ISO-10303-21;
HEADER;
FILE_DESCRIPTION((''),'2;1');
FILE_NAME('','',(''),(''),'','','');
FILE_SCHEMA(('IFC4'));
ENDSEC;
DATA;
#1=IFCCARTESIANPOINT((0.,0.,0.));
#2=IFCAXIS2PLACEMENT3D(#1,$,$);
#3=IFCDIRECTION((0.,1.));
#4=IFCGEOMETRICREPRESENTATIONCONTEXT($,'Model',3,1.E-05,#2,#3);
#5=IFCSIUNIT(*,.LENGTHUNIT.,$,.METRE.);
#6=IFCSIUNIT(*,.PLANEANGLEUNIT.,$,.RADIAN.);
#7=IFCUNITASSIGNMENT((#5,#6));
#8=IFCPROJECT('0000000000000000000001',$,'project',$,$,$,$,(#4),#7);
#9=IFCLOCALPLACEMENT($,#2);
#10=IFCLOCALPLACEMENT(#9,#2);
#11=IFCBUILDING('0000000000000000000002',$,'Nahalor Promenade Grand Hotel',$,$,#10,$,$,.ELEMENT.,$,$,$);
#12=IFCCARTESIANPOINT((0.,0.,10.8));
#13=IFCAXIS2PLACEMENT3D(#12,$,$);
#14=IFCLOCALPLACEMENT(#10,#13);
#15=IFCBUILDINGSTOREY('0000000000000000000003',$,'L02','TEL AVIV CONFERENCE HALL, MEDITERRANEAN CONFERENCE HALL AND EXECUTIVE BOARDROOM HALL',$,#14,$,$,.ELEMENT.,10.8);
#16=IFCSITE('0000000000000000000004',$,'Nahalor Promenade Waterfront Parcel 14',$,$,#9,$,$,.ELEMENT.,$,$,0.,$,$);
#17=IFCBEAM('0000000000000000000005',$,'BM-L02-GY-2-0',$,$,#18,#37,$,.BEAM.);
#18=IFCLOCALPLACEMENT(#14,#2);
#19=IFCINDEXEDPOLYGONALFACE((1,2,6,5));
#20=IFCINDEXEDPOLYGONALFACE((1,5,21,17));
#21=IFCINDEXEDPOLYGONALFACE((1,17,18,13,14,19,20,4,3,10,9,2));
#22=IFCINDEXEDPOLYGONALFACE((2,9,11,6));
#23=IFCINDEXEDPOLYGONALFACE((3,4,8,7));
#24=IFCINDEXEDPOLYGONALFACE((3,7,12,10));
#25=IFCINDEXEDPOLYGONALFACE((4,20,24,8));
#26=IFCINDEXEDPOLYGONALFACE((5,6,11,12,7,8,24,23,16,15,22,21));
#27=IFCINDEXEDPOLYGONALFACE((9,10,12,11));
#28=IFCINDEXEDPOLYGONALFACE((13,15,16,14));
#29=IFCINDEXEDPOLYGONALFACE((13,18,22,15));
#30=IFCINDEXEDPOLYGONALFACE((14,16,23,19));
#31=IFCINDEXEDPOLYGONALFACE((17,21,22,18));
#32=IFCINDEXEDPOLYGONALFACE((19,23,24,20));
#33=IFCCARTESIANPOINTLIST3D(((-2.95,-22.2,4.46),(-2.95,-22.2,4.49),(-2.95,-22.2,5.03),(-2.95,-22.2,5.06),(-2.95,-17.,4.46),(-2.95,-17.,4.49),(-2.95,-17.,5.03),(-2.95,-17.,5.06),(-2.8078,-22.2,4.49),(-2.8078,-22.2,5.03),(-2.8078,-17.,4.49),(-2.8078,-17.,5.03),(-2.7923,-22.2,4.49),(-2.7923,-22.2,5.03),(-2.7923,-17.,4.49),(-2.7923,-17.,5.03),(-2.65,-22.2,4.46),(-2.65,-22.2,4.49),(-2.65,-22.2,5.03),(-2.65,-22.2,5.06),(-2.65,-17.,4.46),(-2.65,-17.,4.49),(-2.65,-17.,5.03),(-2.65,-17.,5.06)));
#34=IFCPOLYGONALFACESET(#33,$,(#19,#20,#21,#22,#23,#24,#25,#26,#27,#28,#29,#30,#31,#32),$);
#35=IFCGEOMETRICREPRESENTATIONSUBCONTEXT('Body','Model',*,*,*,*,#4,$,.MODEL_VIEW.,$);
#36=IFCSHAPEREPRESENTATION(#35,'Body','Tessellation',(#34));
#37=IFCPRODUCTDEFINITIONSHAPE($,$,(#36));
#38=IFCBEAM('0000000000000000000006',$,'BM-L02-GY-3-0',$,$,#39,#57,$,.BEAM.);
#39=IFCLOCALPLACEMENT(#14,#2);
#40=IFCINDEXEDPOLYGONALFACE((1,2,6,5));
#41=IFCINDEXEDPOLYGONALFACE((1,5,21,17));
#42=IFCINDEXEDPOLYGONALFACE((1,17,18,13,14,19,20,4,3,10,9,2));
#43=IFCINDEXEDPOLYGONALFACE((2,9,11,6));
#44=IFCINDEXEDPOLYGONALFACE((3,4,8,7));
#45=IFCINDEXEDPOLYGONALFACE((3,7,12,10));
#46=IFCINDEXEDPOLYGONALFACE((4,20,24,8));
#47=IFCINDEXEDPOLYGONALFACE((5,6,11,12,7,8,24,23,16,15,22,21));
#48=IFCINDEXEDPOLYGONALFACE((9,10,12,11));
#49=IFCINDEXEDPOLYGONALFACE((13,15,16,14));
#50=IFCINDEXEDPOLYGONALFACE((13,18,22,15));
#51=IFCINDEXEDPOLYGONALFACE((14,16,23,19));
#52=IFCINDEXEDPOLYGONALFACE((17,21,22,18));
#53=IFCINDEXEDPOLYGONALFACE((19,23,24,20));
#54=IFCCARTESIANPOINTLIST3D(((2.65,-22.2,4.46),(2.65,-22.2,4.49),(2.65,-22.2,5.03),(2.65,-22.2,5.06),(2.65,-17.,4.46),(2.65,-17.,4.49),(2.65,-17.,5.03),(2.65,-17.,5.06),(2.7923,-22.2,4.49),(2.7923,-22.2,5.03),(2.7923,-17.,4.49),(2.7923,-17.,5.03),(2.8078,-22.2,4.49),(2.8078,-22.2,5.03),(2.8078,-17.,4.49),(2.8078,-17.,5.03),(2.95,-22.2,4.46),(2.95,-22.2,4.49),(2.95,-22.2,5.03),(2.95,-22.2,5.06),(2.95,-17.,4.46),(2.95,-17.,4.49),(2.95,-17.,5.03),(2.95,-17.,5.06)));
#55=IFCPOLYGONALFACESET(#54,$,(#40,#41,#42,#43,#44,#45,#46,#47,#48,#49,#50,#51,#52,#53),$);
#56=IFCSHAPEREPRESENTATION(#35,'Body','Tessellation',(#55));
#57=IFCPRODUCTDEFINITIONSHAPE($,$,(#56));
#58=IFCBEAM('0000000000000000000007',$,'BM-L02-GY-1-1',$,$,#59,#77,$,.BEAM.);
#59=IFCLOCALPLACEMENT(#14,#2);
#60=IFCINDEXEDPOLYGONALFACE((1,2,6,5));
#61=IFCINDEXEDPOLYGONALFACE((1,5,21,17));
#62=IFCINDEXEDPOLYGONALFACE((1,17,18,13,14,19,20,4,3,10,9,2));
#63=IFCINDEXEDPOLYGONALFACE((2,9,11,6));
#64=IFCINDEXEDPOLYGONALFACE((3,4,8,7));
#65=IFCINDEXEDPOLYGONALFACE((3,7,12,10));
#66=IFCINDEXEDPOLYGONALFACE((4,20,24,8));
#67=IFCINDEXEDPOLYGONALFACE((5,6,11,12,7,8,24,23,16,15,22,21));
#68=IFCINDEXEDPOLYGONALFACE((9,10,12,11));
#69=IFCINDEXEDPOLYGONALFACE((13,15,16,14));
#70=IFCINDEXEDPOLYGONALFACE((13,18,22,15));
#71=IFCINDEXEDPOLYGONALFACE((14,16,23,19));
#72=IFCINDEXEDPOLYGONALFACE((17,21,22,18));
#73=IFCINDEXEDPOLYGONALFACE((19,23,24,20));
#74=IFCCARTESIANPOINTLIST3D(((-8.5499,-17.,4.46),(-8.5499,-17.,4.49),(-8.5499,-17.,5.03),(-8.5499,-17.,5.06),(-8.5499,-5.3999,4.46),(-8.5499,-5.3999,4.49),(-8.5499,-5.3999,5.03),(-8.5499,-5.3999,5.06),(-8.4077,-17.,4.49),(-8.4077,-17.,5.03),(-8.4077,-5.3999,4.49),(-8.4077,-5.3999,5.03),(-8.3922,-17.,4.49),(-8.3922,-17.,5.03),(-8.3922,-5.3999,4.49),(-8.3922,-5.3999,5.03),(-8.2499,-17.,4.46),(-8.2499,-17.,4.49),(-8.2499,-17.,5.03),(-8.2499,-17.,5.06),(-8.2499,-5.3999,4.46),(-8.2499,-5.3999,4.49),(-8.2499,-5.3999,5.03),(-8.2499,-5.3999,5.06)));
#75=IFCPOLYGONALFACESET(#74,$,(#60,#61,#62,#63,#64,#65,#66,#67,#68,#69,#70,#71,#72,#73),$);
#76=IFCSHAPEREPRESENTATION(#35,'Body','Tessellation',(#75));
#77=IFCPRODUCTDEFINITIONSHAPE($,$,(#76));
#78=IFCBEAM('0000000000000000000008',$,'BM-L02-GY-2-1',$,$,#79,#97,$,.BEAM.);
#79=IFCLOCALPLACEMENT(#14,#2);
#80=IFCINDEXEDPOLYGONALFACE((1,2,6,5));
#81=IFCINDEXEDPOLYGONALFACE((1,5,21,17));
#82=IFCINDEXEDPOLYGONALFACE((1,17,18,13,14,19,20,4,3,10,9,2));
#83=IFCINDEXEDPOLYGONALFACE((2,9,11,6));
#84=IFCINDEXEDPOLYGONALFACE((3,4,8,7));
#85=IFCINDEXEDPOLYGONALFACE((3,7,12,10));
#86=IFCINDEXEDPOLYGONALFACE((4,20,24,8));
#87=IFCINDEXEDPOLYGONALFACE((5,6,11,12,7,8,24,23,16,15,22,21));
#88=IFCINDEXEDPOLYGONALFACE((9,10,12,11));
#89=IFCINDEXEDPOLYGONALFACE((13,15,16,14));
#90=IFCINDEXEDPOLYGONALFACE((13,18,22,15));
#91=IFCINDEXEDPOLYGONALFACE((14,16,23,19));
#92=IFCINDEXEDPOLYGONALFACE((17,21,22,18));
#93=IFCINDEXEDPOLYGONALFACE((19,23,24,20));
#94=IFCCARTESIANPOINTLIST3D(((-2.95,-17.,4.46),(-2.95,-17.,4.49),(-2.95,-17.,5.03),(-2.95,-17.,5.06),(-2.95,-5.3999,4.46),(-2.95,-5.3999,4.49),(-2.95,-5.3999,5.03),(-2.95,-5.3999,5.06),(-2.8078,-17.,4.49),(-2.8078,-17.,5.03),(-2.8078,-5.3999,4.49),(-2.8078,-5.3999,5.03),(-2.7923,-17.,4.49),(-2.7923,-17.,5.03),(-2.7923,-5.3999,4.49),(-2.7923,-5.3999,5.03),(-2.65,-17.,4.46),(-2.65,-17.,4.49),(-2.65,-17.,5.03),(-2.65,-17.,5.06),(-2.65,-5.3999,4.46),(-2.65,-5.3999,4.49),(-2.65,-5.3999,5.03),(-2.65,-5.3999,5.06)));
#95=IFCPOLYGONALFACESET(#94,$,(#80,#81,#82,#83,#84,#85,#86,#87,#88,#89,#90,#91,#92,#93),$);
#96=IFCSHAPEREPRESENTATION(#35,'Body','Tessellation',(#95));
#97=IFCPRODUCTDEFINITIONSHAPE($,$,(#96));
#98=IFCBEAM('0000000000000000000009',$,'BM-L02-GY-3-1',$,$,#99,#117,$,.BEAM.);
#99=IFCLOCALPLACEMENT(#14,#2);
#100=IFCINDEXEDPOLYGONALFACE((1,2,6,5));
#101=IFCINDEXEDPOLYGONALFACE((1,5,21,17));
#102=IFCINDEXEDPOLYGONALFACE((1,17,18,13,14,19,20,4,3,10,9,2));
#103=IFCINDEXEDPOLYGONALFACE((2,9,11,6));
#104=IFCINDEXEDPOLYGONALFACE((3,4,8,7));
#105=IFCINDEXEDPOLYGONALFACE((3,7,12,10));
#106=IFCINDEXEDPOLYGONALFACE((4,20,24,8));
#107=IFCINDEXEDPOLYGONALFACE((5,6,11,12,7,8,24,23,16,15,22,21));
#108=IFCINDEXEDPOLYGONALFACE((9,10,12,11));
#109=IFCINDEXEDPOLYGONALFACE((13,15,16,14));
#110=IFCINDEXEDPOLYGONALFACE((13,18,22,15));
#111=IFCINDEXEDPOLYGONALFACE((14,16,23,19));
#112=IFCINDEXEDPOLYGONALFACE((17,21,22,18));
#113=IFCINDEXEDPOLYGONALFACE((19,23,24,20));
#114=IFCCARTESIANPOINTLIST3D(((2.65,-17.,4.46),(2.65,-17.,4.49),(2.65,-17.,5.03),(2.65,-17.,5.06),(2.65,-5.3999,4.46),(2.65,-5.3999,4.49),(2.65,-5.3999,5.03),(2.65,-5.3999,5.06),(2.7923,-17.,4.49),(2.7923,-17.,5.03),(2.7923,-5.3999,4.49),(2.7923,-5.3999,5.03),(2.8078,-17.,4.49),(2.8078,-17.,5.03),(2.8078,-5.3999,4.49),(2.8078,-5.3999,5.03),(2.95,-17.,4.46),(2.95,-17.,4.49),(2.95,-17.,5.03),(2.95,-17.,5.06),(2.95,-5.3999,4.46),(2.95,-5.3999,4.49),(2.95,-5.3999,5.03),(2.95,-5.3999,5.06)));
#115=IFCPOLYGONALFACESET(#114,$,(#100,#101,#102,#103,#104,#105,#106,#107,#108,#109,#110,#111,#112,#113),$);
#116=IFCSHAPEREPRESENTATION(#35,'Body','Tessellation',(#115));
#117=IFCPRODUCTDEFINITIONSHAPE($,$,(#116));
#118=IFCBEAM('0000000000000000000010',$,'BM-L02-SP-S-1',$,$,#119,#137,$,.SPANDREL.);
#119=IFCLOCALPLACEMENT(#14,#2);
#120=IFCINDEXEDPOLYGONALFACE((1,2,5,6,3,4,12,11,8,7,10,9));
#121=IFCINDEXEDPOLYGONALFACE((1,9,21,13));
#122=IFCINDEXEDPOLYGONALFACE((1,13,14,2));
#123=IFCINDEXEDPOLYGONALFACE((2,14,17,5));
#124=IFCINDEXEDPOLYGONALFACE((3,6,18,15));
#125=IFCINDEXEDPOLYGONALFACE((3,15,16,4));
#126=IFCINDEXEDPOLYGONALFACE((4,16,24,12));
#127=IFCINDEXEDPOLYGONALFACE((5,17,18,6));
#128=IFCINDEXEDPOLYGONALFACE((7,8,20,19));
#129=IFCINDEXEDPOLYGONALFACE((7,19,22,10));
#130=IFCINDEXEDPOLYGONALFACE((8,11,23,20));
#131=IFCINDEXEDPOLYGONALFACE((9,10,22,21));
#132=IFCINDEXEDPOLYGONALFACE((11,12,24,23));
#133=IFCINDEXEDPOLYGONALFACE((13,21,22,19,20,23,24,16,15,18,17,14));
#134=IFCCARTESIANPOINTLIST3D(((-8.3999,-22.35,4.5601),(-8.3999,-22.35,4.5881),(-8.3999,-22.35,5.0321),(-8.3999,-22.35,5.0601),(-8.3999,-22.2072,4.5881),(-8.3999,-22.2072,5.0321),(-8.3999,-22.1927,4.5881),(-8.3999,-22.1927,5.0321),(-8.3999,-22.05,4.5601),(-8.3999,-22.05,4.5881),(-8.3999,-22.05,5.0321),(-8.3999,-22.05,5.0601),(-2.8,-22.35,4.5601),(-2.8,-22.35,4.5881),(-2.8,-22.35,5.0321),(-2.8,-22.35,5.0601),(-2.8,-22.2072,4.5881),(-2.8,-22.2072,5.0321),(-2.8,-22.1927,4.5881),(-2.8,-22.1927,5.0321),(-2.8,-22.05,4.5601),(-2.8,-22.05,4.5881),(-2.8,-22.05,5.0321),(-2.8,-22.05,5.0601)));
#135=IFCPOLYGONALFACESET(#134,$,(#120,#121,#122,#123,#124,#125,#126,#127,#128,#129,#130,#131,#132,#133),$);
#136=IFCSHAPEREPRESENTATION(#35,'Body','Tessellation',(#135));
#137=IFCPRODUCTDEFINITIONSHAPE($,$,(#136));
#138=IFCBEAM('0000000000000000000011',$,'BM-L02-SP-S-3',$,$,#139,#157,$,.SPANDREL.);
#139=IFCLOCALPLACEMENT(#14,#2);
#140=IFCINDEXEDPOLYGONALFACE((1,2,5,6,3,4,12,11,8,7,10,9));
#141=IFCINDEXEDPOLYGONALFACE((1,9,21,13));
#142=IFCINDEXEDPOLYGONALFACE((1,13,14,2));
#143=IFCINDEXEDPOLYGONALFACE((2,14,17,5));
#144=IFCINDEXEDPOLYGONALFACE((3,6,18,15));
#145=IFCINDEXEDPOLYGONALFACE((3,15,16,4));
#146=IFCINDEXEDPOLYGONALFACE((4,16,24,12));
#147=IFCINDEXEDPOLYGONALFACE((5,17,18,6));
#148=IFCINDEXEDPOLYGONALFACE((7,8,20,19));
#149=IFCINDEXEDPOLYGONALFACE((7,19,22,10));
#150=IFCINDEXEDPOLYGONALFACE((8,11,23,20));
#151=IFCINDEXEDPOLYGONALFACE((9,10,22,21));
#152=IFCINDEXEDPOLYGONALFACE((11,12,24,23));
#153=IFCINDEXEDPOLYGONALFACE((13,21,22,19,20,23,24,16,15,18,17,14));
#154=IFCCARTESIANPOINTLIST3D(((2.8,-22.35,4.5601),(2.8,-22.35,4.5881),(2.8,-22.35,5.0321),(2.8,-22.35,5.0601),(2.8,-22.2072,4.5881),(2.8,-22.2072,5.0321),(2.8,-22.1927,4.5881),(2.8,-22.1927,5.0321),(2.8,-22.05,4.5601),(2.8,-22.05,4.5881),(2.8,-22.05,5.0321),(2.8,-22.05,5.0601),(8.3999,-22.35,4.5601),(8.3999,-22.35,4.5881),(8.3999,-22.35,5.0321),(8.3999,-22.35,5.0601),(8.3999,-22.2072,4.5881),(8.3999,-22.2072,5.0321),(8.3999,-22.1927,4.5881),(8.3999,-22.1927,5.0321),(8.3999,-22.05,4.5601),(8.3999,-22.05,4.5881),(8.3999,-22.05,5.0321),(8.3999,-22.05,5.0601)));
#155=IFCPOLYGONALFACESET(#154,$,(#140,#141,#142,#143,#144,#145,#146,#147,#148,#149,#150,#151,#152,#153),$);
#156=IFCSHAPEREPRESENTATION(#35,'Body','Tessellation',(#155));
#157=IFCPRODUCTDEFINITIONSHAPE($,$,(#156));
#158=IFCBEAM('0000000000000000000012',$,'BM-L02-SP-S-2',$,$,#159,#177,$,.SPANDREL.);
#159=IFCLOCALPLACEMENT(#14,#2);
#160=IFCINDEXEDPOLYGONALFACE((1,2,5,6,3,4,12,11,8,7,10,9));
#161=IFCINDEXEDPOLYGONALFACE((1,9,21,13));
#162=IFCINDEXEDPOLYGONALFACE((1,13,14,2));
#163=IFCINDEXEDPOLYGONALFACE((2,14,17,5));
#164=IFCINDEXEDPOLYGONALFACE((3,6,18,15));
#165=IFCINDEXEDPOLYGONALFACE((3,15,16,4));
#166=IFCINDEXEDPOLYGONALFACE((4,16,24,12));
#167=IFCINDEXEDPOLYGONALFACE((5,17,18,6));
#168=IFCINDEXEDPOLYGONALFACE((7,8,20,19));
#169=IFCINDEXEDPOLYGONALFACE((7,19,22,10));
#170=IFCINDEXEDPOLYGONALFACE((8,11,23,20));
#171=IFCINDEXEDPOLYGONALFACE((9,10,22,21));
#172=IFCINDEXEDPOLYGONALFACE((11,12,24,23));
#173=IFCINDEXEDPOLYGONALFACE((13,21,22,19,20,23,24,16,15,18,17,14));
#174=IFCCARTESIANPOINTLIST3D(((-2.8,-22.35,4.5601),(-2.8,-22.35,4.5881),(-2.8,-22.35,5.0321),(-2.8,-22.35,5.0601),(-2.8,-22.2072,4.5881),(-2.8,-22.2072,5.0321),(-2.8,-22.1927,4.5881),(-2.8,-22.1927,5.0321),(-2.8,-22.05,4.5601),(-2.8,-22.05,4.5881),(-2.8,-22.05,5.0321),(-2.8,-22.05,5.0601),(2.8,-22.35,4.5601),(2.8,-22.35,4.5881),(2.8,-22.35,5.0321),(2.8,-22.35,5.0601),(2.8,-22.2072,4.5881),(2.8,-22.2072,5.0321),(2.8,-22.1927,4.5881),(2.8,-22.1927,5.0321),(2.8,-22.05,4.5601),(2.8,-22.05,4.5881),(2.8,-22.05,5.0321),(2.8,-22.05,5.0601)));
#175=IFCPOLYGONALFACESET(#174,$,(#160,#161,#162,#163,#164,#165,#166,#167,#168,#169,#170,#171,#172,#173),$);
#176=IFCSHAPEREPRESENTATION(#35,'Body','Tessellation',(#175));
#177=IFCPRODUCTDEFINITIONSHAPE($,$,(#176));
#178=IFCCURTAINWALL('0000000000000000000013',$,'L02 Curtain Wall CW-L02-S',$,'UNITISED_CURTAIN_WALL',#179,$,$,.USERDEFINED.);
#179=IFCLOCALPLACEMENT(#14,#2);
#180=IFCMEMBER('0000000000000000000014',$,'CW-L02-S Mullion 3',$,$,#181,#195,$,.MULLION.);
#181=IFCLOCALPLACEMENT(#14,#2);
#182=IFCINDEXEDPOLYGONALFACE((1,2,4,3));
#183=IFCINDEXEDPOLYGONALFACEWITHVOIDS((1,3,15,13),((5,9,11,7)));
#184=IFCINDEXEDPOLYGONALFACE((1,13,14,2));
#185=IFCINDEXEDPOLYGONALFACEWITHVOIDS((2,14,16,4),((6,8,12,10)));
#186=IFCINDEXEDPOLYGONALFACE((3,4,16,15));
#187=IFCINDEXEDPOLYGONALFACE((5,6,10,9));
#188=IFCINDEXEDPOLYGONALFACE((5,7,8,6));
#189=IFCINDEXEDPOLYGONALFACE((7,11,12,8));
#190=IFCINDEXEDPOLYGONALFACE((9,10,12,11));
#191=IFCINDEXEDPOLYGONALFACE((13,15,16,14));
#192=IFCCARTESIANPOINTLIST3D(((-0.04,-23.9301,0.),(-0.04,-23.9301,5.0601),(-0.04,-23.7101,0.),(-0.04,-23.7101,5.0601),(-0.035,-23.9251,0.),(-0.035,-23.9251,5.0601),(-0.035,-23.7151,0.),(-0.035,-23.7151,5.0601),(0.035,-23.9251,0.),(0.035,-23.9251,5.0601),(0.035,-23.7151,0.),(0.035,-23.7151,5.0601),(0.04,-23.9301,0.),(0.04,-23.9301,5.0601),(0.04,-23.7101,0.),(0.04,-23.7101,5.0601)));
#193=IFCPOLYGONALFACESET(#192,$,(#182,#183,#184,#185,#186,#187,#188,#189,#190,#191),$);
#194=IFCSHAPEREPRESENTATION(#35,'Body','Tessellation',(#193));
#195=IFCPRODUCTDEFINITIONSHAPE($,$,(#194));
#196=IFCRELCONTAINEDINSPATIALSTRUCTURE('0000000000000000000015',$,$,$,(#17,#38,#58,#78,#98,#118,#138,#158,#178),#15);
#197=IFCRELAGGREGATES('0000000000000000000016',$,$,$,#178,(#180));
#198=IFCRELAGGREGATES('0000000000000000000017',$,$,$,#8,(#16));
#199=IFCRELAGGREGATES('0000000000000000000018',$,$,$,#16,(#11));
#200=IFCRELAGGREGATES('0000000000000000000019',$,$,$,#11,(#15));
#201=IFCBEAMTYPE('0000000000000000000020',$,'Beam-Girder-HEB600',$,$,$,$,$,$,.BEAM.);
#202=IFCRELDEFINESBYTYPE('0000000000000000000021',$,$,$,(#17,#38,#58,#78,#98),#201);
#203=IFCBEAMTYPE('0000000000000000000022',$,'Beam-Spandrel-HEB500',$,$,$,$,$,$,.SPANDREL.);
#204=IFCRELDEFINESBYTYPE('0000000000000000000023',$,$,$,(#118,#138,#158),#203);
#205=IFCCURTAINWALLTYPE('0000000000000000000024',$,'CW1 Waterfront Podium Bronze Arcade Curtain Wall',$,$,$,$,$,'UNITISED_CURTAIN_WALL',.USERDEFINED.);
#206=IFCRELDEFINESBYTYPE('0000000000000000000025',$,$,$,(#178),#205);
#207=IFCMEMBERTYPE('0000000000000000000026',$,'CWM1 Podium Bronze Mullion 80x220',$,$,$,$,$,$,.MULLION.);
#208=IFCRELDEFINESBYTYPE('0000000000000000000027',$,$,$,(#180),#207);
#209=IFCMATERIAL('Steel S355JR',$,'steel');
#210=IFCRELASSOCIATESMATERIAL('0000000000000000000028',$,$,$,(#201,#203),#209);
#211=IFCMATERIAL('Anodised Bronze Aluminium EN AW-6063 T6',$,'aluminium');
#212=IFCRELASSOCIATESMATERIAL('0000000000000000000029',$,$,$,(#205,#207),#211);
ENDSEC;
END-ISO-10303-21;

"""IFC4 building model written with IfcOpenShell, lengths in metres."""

from ifc_helpers import new_model, si_unit, direction, frame, origin, origin_2d, place, context, subcontext, project, spatial, hollow_rectangle, i_section, extrude, source, transform, mapped, material, material_profile, profile_set, type_object, element, aggregate, save


model = new_model("IFC4")

# Units and contexts
model_context = context("Model", 3, precision=1e-05, world=origin(), true_north=direction((0.0, 1.0)))
body_context = subcontext(model_context, "Body", "Model", "MODEL_VIEW")
ifc_project = project(units=[si_unit("LENGTHUNIT", "METRE"), si_unit("PLANEANGLEUNIT", "RADIAN")], contexts=[model_context])

# Site, building, storey
site_placement = place(None, origin())
site = spatial("IfcSite", under=ifc_project, at=site_placement, Name="Nahalor Promenade Waterfront Parcel 14", CompositionType="ELEMENT", RefElevation=0.0)
building_placement = place(site_placement, origin())
building = spatial("IfcBuilding", under=site, at=building_placement, Name="Nahalor Promenade Grand Hotel", CompositionType="ELEMENT")
storey_placement = place(building_placement, frame((0.0, 0.0, 10.8)))
storey = spatial("IfcBuildingStorey", under=building, at=storey_placement, Name="L02", Description="TEL AVIV CONFERENCE HALL, MEDITERRANEAN CONFERENCE HALL AND EXECUTIVE BOARDROOM HALL", CompositionType="ELEMENT", Elevation=10.8)

# Beams
ifc_material_1 = material(Name="Steel S355JR", Category="steel")
ifc_material_profile_1 = material_profile(ifc_material_1, i_section(OverallWidth=0.3, OverallDepth=0.6, WebThickness=0.0155, FlangeThickness=0.03, at=origin_2d()), Name="HEB 600")
ifc_profile_set_1 = profile_set([ifc_material_profile_1], Name="Steel S355JR")
beam_type_1 = type_object("IfcBeamType", Name="Beam-Girder-HEB600", PredefinedType="BEAM", material=ifc_profile_set_1)
shared_shape_1 = source(origin(), body_context, "Body", "SweptSolid", [
    extrude(i_section(OverallWidth=0.3, OverallDepth=0.6, WebThickness=0.0155, FlangeThickness=0.03, at=origin_2d()), origin(), (0.0, 0.0, 1.0), 5.2),
])
for number, where, z_axis, x_axis, name in (
    (1, (-2.8, -22.2, 4.76), (0.0, 1.0, 0.0), (-1.0, 0.0, 0.0), "BM-L02-GY-2-0"),
    (2, (2.8, -22.2, 4.76), (0.0, 1.0, 0.0), (-1.0, 0.0, 0.0), "BM-L02-GY-3-0"),
):
    element("IfcBeam", number, at=place(storey_placement, frame(where, z_axis=z_axis, x_axis=x_axis)), inside=storey, type_object=beam_type_1, Name=name, PredefinedType="BEAM", context=body_context, shape_type="MappedRepresentation", body=[
        mapped(shared_shape_1, transform((0.0, 0.0, 0.0), scale=1.0)),
    ])
shared_shape_2 = source(origin(), body_context, "Body", "SweptSolid", [
    extrude(i_section(OverallWidth=0.3, OverallDepth=0.6, WebThickness=0.0155, FlangeThickness=0.03, at=origin_2d()), origin(), (0.0, 0.0, 1.0), 11.6001),
])
for number, where, z_axis, x_axis, name in (
    (3, (-8.3999, -17.0, 4.76), (0.0, 1.0, 0.0), (-1.0, 0.0, 0.0), "BM-L02-GY-1-1"),
    (4, (-2.8, -17.0, 4.76), (0.0, 1.0, 0.0), (-1.0, 0.0, 0.0), "BM-L02-GY-2-1"),
    (5, (2.8, -17.0, 4.76), (0.0, 1.0, 0.0), (-1.0, 0.0, 0.0), "BM-L02-GY-3-1"),
):
    element("IfcBeam", number, at=place(storey_placement, frame(where, z_axis=z_axis, x_axis=x_axis)), inside=storey, type_object=beam_type_1, Name=name, PredefinedType="BEAM", context=body_context, shape_type="MappedRepresentation", body=[
        mapped(shared_shape_2, transform((0.0, 0.0, 0.0), scale=1.0)),
    ])
ifc_material_profile_2 = material_profile(ifc_material_1, i_section(OverallWidth=0.3, OverallDepth=0.5, WebThickness=0.0145, FlangeThickness=0.028, at=origin_2d()), Name="HEB 500")
ifc_profile_set_2 = profile_set([ifc_material_profile_2], Name="Steel S355JR")
beam_type_2 = type_object("IfcBeamType", Name="Beam-Spandrel-HEB500", PredefinedType="SPANDREL", material=ifc_profile_set_2)
shared_shape_3 = source(origin(), body_context, "Body", "SweptSolid", [
    extrude(i_section(OverallWidth=0.3, OverallDepth=0.5, WebThickness=0.0145, FlangeThickness=0.028, at=origin_2d()), origin(), (0.0, 0.0, 1.0), 5.5999),
])
for number, where, z_axis, x_axis, name in (
    (6, (-8.3999, -22.2, 4.8101), (1.0, 0.0, 0.0), (0.0, 1.0, 0.0), "BM-L02-SP-S-1"),
    (7, (2.8, -22.2, 4.8101), (1.0, 0.0, 0.0), (0.0, 1.0, 0.0), "BM-L02-SP-S-3"),
):
    element("IfcBeam", number, at=place(storey_placement, frame(where, z_axis=z_axis, x_axis=x_axis)), inside=storey, type_object=beam_type_2, Name=name, PredefinedType="SPANDREL", context=body_context, shape_type="MappedRepresentation", body=[
        mapped(shared_shape_3, transform((0.0, 0.0, 0.0), scale=1.0)),
    ])
shared_shape_4 = source(origin(), body_context, "Body", "SweptSolid", [
    extrude(i_section(OverallWidth=0.3, OverallDepth=0.5, WebThickness=0.0145, FlangeThickness=0.028, at=origin_2d()), origin(), (0.0, 0.0, 1.0), 5.6001),
])
beam_1_placement = place(storey_placement, frame((-2.8, -22.2, 4.8101), z_axis=(1.0, 0.0, 0.0), x_axis=(0.0, 1.0, 0.0)))
element("IfcBeam", 8, at=beam_1_placement, inside=storey, type_object=beam_type_2, Name="BM-L02-SP-S-2", PredefinedType="SPANDREL", context=body_context, shape_type="MappedRepresentation", body=[
    mapped(shared_shape_4, transform((0.0, 0.0, 0.0), scale=1.0)),
])

# Curtain wall, member
ifc_material_2 = material(Name="Anodised Bronze Aluminium EN AW-6063 T6", Category="aluminium")
curtain_wall_type = type_object("IfcCurtainWallType", Name="CW1 Waterfront Podium Bronze Arcade Curtain Wall", ElementType="UNITISED_CURTAIN_WALL", PredefinedType="USERDEFINED", material=ifc_material_2)
curtain_wall_placement = place(storey_placement, origin())
curtain_wall = element("IfcCurtainWall", 9, at=curtain_wall_placement, inside=storey, type_object=curtain_wall_type, Name="L02 Curtain Wall CW-L02-S", ObjectType="UNITISED_CURTAIN_WALL", PredefinedType="USERDEFINED")
ifc_material_profile_3 = material_profile(ifc_material_2, hollow_rectangle(XDim=0.08, YDim=0.22, WallThickness=0.005, at=origin_2d()), Name="CWM 80x220x5")
ifc_profile_set_3 = profile_set([ifc_material_profile_3], Name="Anodised Bronze Aluminium EN AW-6063 T6")
member_type_1 = type_object("IfcMemberType", Name="CWM1 Podium Bronze Mullion 80x220", PredefinedType="MULLION", material=ifc_profile_set_3)
shared_shape_5 = source(origin(), body_context, "Body", "SweptSolid", [
    extrude(hollow_rectangle(XDim=0.08, YDim=0.22, WallThickness=0.005, at=origin_2d()), origin(), (0.0, 0.0, 1.0), 5.0601),
])
member_1_placement = place(storey_placement, frame((0.0, -23.8201, 0.0), z_axis=(0.0, 0.0, 1.0), x_axis=(1.0, 0.0, 0.0)))
member_1 = element("IfcMember", 10, at=member_1_placement, type_object=member_type_1, Name="CW-L02-S Mullion 3", PredefinedType="MULLION", context=body_context, shape_type="MappedRepresentation", body=[
    mapped(shared_shape_5, transform((0.0, 0.0, 0.0), scale=1.0)),
])
aggregate(curtain_wall, [member_1])

save(model, "model.ifc")
